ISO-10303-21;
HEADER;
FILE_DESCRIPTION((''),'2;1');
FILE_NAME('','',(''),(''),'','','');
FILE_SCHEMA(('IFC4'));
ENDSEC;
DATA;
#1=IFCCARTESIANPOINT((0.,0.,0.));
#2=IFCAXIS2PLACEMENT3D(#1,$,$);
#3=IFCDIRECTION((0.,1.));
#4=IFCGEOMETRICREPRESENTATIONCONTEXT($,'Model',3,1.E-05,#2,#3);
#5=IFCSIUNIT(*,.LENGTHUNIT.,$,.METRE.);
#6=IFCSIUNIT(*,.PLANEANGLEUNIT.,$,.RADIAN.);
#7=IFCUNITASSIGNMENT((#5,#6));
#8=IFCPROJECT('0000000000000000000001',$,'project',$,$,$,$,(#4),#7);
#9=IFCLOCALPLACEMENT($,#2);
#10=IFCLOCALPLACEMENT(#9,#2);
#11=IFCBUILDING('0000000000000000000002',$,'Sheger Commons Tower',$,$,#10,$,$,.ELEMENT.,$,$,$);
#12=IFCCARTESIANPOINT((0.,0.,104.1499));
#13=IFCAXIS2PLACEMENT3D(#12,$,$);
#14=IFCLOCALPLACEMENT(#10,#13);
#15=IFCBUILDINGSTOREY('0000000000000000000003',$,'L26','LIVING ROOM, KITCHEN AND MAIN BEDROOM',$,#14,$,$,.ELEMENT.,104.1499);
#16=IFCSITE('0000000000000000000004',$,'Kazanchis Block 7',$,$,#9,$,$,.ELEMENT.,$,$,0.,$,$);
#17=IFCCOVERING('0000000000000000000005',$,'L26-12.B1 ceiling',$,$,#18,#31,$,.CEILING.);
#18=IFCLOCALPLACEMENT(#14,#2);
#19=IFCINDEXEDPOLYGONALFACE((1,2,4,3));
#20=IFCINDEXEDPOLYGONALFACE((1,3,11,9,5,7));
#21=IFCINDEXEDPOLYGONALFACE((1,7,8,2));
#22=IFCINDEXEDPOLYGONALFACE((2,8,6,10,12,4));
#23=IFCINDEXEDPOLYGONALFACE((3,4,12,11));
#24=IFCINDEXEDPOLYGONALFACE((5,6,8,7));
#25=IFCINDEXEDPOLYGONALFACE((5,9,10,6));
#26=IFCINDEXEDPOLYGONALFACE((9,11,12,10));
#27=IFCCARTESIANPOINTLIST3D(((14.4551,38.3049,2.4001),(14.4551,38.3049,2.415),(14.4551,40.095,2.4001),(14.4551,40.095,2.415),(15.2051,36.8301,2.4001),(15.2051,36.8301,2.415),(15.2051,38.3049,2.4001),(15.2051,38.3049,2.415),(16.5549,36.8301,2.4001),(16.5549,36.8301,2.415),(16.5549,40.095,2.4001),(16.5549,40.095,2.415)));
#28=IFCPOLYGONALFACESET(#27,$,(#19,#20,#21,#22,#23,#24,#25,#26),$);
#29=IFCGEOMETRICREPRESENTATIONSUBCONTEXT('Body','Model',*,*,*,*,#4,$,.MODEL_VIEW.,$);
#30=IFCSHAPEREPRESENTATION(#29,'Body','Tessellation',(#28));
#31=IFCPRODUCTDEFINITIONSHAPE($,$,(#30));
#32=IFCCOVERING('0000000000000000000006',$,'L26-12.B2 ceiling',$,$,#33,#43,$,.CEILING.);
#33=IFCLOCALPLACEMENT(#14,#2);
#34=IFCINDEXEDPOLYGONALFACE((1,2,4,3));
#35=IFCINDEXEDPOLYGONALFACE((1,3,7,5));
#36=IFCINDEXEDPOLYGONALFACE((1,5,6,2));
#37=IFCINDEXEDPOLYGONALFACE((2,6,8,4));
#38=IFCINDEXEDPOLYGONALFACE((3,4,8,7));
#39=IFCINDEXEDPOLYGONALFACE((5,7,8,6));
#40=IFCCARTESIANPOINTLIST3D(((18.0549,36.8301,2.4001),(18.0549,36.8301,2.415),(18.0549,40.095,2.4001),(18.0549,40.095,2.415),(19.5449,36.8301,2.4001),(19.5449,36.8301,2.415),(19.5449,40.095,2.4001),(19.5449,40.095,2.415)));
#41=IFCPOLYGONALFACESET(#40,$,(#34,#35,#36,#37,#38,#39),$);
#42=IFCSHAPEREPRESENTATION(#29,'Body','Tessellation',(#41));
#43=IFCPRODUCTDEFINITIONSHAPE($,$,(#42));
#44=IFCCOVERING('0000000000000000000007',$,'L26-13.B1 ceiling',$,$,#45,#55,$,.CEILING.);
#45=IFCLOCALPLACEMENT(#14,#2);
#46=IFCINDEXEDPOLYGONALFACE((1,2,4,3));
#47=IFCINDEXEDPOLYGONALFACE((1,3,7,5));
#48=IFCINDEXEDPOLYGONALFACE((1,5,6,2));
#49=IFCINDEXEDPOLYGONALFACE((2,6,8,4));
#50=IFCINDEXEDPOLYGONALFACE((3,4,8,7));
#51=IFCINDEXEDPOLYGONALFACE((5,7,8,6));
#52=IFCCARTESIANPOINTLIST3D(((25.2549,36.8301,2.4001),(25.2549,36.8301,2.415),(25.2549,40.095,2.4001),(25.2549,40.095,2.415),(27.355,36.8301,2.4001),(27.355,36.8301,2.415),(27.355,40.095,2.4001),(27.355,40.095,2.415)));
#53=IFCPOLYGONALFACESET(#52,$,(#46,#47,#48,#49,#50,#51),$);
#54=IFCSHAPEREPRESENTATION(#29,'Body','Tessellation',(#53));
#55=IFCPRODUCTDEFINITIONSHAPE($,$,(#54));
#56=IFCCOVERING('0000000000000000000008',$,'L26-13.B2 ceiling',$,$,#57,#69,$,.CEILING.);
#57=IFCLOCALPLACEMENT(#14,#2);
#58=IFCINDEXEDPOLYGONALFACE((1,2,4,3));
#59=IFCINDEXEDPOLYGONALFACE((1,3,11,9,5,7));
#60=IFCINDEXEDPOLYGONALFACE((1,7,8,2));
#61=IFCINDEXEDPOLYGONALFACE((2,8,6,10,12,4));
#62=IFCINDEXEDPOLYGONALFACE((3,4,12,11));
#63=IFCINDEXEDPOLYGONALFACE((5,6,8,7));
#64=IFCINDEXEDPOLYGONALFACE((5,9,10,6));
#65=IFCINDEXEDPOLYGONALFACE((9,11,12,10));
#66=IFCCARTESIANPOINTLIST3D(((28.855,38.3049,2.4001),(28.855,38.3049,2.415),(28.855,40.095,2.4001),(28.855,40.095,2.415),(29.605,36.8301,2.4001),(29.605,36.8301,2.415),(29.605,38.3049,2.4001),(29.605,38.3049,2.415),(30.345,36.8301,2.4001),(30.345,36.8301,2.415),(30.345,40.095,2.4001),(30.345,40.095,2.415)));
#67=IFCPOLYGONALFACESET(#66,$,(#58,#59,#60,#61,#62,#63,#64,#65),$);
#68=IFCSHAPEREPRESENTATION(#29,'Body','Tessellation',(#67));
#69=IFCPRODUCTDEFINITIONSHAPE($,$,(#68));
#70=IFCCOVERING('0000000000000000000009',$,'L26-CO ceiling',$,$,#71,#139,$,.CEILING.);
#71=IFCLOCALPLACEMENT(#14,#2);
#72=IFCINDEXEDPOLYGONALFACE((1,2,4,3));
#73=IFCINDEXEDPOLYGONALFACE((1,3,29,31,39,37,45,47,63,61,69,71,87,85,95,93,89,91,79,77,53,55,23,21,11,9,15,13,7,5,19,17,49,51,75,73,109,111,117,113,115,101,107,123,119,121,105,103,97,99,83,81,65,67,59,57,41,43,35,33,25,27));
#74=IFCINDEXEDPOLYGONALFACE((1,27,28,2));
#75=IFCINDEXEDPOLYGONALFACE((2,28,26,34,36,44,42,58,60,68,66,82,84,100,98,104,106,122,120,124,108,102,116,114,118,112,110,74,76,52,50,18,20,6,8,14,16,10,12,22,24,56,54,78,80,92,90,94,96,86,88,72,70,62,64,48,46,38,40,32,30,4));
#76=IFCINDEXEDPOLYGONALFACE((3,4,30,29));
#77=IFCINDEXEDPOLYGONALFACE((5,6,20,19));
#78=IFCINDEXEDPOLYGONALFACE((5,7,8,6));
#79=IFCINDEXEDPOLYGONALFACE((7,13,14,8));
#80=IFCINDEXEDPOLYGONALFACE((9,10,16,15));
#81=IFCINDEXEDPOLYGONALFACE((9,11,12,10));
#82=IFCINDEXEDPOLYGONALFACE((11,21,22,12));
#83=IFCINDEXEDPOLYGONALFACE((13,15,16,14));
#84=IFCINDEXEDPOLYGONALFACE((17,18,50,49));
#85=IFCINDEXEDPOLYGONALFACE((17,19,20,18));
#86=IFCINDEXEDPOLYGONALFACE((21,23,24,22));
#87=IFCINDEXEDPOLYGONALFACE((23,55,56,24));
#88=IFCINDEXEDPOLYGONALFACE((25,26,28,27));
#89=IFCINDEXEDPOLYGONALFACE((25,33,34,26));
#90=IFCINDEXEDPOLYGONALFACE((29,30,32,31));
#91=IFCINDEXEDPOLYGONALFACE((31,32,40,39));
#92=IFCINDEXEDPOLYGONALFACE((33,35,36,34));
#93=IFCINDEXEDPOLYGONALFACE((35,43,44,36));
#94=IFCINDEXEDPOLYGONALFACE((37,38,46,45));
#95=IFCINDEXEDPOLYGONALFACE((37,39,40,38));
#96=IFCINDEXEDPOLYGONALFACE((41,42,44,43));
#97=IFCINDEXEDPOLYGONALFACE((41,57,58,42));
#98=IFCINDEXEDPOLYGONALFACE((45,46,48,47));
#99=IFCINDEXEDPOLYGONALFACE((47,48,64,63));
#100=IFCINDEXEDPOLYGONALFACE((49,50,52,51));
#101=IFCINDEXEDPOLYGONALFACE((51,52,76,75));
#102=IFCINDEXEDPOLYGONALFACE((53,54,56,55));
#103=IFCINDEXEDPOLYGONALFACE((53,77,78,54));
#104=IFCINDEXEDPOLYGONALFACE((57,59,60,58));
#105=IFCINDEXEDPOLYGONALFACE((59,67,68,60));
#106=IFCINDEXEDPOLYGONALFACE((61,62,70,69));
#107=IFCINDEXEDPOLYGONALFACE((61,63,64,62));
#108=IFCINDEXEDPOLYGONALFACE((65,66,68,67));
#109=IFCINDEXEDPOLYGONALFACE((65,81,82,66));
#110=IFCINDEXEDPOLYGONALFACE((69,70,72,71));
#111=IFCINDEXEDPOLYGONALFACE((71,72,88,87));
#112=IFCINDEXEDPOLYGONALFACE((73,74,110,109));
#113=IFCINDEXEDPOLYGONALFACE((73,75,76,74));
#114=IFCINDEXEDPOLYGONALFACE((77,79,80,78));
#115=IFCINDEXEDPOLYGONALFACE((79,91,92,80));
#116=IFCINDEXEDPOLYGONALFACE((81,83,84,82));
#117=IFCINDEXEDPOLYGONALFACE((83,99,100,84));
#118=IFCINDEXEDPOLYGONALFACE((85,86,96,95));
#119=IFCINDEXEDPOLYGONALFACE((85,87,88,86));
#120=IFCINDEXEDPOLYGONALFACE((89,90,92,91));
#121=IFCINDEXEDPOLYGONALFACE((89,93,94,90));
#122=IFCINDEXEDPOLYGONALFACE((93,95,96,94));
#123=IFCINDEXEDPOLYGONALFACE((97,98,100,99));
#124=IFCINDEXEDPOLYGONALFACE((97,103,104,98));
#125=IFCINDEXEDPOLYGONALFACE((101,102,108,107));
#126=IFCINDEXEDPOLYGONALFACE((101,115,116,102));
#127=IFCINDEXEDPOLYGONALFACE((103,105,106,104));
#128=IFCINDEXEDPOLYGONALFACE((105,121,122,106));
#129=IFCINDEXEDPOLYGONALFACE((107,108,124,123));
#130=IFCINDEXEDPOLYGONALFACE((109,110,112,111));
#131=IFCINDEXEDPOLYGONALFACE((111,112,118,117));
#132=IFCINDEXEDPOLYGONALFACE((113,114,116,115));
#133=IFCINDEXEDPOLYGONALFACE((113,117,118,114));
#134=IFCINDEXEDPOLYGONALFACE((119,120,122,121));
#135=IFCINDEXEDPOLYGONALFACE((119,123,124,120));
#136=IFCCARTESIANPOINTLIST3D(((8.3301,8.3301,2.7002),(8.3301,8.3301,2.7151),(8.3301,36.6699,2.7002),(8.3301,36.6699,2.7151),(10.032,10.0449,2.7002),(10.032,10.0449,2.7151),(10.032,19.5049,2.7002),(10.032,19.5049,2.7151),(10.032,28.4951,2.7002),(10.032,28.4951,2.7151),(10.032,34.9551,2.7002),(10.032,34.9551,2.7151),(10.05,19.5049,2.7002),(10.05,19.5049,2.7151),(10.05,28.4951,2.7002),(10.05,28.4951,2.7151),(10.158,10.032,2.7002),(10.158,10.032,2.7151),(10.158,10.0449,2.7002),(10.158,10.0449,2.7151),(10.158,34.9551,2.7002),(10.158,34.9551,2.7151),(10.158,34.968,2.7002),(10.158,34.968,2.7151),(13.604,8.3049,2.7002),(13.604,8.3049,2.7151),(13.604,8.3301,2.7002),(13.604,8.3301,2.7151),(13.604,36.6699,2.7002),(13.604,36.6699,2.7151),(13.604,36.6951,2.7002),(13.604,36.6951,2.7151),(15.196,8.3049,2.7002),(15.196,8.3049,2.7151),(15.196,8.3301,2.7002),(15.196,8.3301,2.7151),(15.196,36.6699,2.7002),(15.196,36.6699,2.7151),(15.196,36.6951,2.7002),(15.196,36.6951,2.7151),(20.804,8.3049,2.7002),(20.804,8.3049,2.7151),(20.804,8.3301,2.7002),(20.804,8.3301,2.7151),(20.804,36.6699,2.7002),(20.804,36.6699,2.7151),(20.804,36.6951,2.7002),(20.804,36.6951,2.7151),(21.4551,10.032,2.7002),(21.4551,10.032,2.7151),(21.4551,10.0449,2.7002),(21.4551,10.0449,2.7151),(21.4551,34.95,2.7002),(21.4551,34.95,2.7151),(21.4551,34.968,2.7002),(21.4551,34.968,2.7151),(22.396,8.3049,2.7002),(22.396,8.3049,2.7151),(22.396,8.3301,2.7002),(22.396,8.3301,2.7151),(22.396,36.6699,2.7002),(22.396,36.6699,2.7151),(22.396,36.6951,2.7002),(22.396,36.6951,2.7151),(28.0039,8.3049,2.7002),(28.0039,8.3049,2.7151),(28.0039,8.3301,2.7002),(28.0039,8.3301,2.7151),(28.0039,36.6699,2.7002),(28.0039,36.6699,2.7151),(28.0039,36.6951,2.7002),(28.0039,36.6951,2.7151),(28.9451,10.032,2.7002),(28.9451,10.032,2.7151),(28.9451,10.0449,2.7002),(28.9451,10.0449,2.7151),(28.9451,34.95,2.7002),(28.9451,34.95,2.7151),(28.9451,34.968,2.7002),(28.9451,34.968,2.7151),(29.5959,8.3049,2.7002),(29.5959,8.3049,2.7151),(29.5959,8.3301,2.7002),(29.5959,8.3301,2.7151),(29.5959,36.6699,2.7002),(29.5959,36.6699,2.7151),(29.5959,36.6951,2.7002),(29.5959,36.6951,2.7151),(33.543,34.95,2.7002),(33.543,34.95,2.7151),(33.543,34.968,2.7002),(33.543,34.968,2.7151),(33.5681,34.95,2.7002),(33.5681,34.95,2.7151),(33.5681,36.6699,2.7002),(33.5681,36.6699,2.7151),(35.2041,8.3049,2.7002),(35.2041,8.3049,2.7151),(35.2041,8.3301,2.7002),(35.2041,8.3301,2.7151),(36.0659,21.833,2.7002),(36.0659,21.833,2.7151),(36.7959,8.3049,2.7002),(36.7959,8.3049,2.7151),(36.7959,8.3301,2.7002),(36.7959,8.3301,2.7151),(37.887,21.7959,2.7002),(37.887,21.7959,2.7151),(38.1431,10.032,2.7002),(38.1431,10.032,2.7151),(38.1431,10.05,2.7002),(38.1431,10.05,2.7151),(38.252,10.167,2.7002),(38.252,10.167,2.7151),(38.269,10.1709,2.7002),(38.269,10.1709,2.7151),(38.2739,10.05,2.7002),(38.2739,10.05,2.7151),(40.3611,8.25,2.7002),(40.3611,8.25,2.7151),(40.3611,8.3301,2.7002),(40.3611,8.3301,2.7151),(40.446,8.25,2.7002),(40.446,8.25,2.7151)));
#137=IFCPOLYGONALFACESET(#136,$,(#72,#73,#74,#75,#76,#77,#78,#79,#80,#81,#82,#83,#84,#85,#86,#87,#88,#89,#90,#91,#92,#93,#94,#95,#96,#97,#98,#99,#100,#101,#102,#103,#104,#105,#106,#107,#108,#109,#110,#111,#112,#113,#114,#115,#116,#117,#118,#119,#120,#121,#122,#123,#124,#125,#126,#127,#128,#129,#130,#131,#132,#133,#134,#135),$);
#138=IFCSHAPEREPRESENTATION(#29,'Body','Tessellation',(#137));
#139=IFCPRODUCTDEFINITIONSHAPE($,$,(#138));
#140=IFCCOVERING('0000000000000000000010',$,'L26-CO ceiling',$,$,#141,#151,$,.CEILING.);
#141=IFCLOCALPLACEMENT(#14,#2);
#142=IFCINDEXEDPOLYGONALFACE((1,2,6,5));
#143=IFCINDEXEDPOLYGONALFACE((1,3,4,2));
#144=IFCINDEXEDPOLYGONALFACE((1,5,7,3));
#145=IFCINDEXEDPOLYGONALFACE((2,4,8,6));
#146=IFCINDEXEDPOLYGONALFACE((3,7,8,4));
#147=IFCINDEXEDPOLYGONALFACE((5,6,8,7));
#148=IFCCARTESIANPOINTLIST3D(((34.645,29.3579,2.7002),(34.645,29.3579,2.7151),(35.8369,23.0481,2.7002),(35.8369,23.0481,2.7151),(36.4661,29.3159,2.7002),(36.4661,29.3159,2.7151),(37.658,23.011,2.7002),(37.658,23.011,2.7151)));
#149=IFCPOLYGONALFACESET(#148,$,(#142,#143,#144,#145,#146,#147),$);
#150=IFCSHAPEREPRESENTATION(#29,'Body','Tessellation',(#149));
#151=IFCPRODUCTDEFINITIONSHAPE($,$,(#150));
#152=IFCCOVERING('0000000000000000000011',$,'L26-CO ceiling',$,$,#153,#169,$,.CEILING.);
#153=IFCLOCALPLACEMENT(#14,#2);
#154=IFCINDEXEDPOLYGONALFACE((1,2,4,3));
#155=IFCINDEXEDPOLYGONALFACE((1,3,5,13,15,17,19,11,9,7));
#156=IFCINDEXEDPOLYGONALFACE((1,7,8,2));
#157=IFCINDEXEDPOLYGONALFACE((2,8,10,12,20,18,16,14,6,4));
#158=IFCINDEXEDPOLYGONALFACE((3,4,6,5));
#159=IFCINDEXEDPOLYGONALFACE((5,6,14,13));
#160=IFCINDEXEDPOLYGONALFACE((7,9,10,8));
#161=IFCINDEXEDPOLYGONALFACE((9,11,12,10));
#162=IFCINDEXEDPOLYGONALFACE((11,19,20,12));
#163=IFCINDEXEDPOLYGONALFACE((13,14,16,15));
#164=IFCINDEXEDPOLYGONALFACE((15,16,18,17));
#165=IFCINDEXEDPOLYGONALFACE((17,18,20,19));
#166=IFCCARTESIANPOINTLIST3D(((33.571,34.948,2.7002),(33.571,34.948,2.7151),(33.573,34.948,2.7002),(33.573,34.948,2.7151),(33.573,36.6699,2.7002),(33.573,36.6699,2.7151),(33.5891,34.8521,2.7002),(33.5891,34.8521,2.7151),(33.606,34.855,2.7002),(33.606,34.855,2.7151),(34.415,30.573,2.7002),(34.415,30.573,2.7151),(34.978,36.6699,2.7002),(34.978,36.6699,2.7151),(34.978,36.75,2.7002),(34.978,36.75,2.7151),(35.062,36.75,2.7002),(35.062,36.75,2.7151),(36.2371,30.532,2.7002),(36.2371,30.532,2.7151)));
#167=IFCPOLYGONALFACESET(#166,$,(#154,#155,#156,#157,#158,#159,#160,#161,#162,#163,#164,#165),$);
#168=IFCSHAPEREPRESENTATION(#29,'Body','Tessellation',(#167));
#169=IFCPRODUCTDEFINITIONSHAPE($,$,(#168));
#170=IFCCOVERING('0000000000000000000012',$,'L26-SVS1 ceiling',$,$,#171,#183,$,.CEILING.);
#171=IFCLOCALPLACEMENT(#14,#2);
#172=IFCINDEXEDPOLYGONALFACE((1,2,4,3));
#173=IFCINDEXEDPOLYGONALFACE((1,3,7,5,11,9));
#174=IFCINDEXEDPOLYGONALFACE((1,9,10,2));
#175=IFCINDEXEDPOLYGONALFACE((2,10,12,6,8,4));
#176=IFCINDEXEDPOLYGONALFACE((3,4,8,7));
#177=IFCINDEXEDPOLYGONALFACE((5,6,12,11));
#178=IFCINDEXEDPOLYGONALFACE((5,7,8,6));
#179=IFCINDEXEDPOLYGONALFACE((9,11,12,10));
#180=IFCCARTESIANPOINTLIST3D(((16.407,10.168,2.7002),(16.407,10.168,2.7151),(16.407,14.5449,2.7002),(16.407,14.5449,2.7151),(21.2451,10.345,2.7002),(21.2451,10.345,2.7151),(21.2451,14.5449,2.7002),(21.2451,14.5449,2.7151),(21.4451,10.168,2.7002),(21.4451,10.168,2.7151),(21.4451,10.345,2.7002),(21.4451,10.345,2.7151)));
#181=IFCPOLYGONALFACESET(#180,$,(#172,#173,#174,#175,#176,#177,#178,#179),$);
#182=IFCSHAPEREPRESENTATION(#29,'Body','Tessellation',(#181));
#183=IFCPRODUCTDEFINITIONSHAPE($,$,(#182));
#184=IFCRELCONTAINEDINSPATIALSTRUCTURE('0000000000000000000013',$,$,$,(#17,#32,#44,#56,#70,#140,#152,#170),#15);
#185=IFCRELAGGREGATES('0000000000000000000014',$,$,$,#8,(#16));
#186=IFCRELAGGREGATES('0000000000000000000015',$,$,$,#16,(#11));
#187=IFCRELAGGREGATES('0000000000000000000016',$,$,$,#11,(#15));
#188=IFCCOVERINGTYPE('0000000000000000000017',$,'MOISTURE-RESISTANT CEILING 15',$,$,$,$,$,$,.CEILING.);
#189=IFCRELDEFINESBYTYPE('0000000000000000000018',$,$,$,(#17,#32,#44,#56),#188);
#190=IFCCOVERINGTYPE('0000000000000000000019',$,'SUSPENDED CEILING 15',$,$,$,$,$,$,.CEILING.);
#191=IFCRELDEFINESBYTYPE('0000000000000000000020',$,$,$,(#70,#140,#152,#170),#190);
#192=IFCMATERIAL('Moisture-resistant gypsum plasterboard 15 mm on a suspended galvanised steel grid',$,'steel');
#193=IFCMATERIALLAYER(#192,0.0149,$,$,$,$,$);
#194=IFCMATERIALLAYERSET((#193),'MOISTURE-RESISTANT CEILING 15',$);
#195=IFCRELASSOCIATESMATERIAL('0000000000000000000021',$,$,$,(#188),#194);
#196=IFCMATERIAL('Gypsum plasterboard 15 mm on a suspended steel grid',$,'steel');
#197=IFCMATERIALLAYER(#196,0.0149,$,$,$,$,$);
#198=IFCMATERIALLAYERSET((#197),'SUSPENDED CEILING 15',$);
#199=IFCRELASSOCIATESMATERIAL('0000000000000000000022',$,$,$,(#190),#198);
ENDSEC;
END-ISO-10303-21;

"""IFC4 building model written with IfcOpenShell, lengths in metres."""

from ifc_helpers import new_model, si_unit, direction, frame, origin, place, context, subcontext, project, spatial, polyline, outline, extrude, material, layer, layer_set, type_object, element, save


model = new_model("IFC4")

# Units and contexts
model_context = context("Model", 3, precision=1e-05, world=origin(), true_north=direction((0.0, 1.0)))
body_context = subcontext(model_context, "Body", "Model", "MODEL_VIEW")
ifc_project = project(units=[si_unit("LENGTHUNIT", "METRE"), si_unit("PLANEANGLEUNIT", "RADIAN")], contexts=[model_context])

# Site, building, storey
site_placement = place(None, origin())
site = spatial("IfcSite", under=ifc_project, at=site_placement, Name="Kazanchis Block 7", CompositionType="ELEMENT", RefElevation=0.0)
building_placement = place(site_placement, origin())
building = spatial("IfcBuilding", under=site, at=building_placement, Name="Sheger Commons Tower", CompositionType="ELEMENT")
storey_placement = place(building_placement, frame((0.0, 0.0, 104.1499)))
storey = spatial("IfcBuildingStorey", under=building, at=storey_placement, Name="L26", Description="LIVING ROOM, KITCHEN AND MAIN BEDROOM", CompositionType="ELEMENT", Elevation=104.1499)

# Coverings
ifc_material_1 = material(Name="Moisture-resistant gypsum plasterboard 15 mm on a suspended galvanised steel grid", Category="steel")
ifc_layer_1 = layer(ifc_material_1, 0.0149)
ifc_layer_set_1 = layer_set([ifc_layer_1], Name="MOISTURE-RESISTANT CEILING 15")
covering_type_1 = type_object("IfcCoveringType", Name="MOISTURE-RESISTANT CEILING 15", PredefinedType="CEILING", material=ifc_layer_set_1)
covering_1_placement = place(storey_placement, frame((0.0, 0.0, 2.4001)))
element("IfcCovering", 1, at=covering_1_placement, inside=storey, type_object=covering_type_1, Name="L26-12.B1 ceiling", PredefinedType="CEILING", context=body_context, shape_type="SweptSolid", body=[
    extrude(outline(polyline([(15.2051, 36.8301), (16.5549, 36.8301), (16.5549, 40.095), (14.4551, 40.095), (14.4551, 38.3049), (15.2051, 38.3049), (15.2051, 36.8301)])), origin(), (0.0, 0.0, 1.0), 0.0149),
])
covering_2_placement = place(storey_placement, frame((0.0, 0.0, 2.4001)))
element("IfcCovering", 2, at=covering_2_placement, inside=storey, type_object=covering_type_1, Name="L26-12.B2 ceiling", PredefinedType="CEILING", context=body_context, shape_type="SweptSolid", body=[
    extrude(outline(polyline([(18.0549, 36.8301), (19.5449, 36.8301), (19.5449, 40.095), (18.0549, 40.095), (18.0549, 36.8301)])), origin(), (0.0, 0.0, 1.0), 0.0149),
])
covering_3_placement = place(storey_placement, frame((0.0, 0.0, 2.4001)))
element("IfcCovering", 3, at=covering_3_placement, inside=storey, type_object=covering_type_1, Name="L26-13.B1 ceiling", PredefinedType="CEILING", context=body_context, shape_type="SweptSolid", body=[
    extrude(outline(polyline([(25.2549, 36.8301), (27.355, 36.8301), (27.355, 40.095), (25.2549, 40.095), (25.2549, 36.8301)])), origin(), (0.0, 0.0, 1.0), 0.0149),
])
covering_4_placement = place(storey_placement, frame((0.0, 0.0, 2.4001)))
element("IfcCovering", 4, at=covering_4_placement, inside=storey, type_object=covering_type_1, Name="L26-13.B2 ceiling", PredefinedType="CEILING", context=body_context, shape_type="SweptSolid", body=[
    extrude(outline(polyline([(29.605, 36.8301), (30.345, 36.8301), (30.345, 40.095), (28.855, 40.095), (28.855, 38.3049), (29.605, 38.3049), (29.605, 36.8301)])), origin(), (0.0, 0.0, 1.0), 0.0149),
])
ifc_material_2 = material(Name="Gypsum plasterboard 15 mm on a suspended steel grid", Category="steel")
ifc_layer_2 = layer(ifc_material_2, 0.0149)
ifc_layer_set_2 = layer_set([ifc_layer_2], Name="SUSPENDED CEILING 15")
covering_type_2 = type_object("IfcCoveringType", Name="SUSPENDED CEILING 15", PredefinedType="CEILING", material=ifc_layer_set_2)
covering_5_placement = place(storey_placement, frame((0.0, 0.0, 2.7002)))
element("IfcCovering", 5, at=covering_5_placement, inside=storey, type_object=covering_type_2, Name="L26-CO ceiling", PredefinedType="CEILING", context=body_context, shape_type="SweptSolid", body=[
    extrude(outline(polyline([(40.3611, 8.25), (40.446, 8.25), (37.887, 21.7959), (36.0659, 21.833), (38.269, 10.1709), (38.252, 10.167), (38.2739, 10.05), (38.1431, 10.05), (38.1431, 10.032), (28.9451, 10.032), (28.9451, 10.0449), (21.4551, 10.0449), (21.4551, 10.032), (10.158, 10.032), (10.158, 10.0449), (10.032, 10.0449), (10.032, 19.5049), (10.05, 19.5049), (10.05, 28.4951), (10.032, 28.4951), (10.032, 34.9551), (10.158, 34.9551), (10.158, 34.968), (21.4551, 34.968), (21.4551, 34.95), (28.9451, 34.95), (28.9451, 34.968), (33.543, 34.968), (33.543, 34.95), (33.5681, 34.95), (33.5681, 36.6699), (29.5959, 36.6699), (29.5959, 36.6951), (28.0039, 36.6951), (28.0039, 36.6699), (22.396, 36.6699), (22.396, 36.6951), (20.804, 36.6951), (20.804, 36.6699), (15.196, 36.6699), (15.196, 36.6951), (13.604, 36.6951), (13.604, 36.6699), (8.3301, 36.6699), (8.3301, 8.3301), (13.604, 8.3301), (13.604, 8.3049), (15.196, 8.3049), (15.196, 8.3301), (20.804, 8.3301), (20.804, 8.3049), (22.396, 8.3049), (22.396, 8.3301), (28.0039, 8.3301), (28.0039, 8.3049), (29.5959, 8.3049), (29.5959, 8.3301), (35.2041, 8.3301), (35.2041, 8.3049), (36.7959, 8.3049), (36.7959, 8.3301), (40.3611, 8.3301), (40.3611, 8.25)])), origin(), (0.0, 0.0, 1.0), 0.0149),
])
covering_6_placement = place(storey_placement, frame((0.0, 0.0, 2.7002)))
element("IfcCovering", 6, at=covering_6_placement, inside=storey, type_object=covering_type_2, Name="L26-CO ceiling", PredefinedType="CEILING", context=body_context, shape_type="SweptSolid", body=[
    extrude(outline(polyline([(37.658, 23.011), (36.4661, 29.3159), (34.645, 29.3579), (35.8369, 23.0481), (37.658, 23.011)])), origin(), (0.0, 0.0, 1.0), 0.0149),
])
covering_7_placement = place(storey_placement, frame((0.0, 0.0, 2.7002)))
element("IfcCovering", 7, at=covering_7_placement, inside=storey, type_object=covering_type_2, Name="L26-CO ceiling", PredefinedType="CEILING", context=body_context, shape_type="SweptSolid", body=[
    extrude(outline(polyline([(36.2371, 30.532), (35.062, 36.75), (34.978, 36.75), (34.978, 36.6699), (33.573, 36.6699), (33.573, 34.948), (33.571, 34.948), (33.5891, 34.8521), (33.606, 34.855), (34.415, 30.573), (36.2371, 30.532)])), origin(), (0.0, 0.0, 1.0), 0.0149),
])
covering_8_placement = place(storey_placement, frame((0.0, 0.0, 2.7002)))
element("IfcCovering", 8, at=covering_8_placement, inside=storey, type_object=covering_type_2, Name="L26-SVS1 ceiling", PredefinedType="CEILING", context=body_context, shape_type="SweptSolid", body=[
    extrude(outline(polyline([(16.407, 10.168), (21.4451, 10.168), (21.4451, 10.345), (21.2451, 10.345), (21.2451, 14.5449), (16.407, 14.5449), (16.407, 10.168)])), origin(), (0.0, 0.0, 1.0), 0.0149),
])

save(model, "model.ifc")
